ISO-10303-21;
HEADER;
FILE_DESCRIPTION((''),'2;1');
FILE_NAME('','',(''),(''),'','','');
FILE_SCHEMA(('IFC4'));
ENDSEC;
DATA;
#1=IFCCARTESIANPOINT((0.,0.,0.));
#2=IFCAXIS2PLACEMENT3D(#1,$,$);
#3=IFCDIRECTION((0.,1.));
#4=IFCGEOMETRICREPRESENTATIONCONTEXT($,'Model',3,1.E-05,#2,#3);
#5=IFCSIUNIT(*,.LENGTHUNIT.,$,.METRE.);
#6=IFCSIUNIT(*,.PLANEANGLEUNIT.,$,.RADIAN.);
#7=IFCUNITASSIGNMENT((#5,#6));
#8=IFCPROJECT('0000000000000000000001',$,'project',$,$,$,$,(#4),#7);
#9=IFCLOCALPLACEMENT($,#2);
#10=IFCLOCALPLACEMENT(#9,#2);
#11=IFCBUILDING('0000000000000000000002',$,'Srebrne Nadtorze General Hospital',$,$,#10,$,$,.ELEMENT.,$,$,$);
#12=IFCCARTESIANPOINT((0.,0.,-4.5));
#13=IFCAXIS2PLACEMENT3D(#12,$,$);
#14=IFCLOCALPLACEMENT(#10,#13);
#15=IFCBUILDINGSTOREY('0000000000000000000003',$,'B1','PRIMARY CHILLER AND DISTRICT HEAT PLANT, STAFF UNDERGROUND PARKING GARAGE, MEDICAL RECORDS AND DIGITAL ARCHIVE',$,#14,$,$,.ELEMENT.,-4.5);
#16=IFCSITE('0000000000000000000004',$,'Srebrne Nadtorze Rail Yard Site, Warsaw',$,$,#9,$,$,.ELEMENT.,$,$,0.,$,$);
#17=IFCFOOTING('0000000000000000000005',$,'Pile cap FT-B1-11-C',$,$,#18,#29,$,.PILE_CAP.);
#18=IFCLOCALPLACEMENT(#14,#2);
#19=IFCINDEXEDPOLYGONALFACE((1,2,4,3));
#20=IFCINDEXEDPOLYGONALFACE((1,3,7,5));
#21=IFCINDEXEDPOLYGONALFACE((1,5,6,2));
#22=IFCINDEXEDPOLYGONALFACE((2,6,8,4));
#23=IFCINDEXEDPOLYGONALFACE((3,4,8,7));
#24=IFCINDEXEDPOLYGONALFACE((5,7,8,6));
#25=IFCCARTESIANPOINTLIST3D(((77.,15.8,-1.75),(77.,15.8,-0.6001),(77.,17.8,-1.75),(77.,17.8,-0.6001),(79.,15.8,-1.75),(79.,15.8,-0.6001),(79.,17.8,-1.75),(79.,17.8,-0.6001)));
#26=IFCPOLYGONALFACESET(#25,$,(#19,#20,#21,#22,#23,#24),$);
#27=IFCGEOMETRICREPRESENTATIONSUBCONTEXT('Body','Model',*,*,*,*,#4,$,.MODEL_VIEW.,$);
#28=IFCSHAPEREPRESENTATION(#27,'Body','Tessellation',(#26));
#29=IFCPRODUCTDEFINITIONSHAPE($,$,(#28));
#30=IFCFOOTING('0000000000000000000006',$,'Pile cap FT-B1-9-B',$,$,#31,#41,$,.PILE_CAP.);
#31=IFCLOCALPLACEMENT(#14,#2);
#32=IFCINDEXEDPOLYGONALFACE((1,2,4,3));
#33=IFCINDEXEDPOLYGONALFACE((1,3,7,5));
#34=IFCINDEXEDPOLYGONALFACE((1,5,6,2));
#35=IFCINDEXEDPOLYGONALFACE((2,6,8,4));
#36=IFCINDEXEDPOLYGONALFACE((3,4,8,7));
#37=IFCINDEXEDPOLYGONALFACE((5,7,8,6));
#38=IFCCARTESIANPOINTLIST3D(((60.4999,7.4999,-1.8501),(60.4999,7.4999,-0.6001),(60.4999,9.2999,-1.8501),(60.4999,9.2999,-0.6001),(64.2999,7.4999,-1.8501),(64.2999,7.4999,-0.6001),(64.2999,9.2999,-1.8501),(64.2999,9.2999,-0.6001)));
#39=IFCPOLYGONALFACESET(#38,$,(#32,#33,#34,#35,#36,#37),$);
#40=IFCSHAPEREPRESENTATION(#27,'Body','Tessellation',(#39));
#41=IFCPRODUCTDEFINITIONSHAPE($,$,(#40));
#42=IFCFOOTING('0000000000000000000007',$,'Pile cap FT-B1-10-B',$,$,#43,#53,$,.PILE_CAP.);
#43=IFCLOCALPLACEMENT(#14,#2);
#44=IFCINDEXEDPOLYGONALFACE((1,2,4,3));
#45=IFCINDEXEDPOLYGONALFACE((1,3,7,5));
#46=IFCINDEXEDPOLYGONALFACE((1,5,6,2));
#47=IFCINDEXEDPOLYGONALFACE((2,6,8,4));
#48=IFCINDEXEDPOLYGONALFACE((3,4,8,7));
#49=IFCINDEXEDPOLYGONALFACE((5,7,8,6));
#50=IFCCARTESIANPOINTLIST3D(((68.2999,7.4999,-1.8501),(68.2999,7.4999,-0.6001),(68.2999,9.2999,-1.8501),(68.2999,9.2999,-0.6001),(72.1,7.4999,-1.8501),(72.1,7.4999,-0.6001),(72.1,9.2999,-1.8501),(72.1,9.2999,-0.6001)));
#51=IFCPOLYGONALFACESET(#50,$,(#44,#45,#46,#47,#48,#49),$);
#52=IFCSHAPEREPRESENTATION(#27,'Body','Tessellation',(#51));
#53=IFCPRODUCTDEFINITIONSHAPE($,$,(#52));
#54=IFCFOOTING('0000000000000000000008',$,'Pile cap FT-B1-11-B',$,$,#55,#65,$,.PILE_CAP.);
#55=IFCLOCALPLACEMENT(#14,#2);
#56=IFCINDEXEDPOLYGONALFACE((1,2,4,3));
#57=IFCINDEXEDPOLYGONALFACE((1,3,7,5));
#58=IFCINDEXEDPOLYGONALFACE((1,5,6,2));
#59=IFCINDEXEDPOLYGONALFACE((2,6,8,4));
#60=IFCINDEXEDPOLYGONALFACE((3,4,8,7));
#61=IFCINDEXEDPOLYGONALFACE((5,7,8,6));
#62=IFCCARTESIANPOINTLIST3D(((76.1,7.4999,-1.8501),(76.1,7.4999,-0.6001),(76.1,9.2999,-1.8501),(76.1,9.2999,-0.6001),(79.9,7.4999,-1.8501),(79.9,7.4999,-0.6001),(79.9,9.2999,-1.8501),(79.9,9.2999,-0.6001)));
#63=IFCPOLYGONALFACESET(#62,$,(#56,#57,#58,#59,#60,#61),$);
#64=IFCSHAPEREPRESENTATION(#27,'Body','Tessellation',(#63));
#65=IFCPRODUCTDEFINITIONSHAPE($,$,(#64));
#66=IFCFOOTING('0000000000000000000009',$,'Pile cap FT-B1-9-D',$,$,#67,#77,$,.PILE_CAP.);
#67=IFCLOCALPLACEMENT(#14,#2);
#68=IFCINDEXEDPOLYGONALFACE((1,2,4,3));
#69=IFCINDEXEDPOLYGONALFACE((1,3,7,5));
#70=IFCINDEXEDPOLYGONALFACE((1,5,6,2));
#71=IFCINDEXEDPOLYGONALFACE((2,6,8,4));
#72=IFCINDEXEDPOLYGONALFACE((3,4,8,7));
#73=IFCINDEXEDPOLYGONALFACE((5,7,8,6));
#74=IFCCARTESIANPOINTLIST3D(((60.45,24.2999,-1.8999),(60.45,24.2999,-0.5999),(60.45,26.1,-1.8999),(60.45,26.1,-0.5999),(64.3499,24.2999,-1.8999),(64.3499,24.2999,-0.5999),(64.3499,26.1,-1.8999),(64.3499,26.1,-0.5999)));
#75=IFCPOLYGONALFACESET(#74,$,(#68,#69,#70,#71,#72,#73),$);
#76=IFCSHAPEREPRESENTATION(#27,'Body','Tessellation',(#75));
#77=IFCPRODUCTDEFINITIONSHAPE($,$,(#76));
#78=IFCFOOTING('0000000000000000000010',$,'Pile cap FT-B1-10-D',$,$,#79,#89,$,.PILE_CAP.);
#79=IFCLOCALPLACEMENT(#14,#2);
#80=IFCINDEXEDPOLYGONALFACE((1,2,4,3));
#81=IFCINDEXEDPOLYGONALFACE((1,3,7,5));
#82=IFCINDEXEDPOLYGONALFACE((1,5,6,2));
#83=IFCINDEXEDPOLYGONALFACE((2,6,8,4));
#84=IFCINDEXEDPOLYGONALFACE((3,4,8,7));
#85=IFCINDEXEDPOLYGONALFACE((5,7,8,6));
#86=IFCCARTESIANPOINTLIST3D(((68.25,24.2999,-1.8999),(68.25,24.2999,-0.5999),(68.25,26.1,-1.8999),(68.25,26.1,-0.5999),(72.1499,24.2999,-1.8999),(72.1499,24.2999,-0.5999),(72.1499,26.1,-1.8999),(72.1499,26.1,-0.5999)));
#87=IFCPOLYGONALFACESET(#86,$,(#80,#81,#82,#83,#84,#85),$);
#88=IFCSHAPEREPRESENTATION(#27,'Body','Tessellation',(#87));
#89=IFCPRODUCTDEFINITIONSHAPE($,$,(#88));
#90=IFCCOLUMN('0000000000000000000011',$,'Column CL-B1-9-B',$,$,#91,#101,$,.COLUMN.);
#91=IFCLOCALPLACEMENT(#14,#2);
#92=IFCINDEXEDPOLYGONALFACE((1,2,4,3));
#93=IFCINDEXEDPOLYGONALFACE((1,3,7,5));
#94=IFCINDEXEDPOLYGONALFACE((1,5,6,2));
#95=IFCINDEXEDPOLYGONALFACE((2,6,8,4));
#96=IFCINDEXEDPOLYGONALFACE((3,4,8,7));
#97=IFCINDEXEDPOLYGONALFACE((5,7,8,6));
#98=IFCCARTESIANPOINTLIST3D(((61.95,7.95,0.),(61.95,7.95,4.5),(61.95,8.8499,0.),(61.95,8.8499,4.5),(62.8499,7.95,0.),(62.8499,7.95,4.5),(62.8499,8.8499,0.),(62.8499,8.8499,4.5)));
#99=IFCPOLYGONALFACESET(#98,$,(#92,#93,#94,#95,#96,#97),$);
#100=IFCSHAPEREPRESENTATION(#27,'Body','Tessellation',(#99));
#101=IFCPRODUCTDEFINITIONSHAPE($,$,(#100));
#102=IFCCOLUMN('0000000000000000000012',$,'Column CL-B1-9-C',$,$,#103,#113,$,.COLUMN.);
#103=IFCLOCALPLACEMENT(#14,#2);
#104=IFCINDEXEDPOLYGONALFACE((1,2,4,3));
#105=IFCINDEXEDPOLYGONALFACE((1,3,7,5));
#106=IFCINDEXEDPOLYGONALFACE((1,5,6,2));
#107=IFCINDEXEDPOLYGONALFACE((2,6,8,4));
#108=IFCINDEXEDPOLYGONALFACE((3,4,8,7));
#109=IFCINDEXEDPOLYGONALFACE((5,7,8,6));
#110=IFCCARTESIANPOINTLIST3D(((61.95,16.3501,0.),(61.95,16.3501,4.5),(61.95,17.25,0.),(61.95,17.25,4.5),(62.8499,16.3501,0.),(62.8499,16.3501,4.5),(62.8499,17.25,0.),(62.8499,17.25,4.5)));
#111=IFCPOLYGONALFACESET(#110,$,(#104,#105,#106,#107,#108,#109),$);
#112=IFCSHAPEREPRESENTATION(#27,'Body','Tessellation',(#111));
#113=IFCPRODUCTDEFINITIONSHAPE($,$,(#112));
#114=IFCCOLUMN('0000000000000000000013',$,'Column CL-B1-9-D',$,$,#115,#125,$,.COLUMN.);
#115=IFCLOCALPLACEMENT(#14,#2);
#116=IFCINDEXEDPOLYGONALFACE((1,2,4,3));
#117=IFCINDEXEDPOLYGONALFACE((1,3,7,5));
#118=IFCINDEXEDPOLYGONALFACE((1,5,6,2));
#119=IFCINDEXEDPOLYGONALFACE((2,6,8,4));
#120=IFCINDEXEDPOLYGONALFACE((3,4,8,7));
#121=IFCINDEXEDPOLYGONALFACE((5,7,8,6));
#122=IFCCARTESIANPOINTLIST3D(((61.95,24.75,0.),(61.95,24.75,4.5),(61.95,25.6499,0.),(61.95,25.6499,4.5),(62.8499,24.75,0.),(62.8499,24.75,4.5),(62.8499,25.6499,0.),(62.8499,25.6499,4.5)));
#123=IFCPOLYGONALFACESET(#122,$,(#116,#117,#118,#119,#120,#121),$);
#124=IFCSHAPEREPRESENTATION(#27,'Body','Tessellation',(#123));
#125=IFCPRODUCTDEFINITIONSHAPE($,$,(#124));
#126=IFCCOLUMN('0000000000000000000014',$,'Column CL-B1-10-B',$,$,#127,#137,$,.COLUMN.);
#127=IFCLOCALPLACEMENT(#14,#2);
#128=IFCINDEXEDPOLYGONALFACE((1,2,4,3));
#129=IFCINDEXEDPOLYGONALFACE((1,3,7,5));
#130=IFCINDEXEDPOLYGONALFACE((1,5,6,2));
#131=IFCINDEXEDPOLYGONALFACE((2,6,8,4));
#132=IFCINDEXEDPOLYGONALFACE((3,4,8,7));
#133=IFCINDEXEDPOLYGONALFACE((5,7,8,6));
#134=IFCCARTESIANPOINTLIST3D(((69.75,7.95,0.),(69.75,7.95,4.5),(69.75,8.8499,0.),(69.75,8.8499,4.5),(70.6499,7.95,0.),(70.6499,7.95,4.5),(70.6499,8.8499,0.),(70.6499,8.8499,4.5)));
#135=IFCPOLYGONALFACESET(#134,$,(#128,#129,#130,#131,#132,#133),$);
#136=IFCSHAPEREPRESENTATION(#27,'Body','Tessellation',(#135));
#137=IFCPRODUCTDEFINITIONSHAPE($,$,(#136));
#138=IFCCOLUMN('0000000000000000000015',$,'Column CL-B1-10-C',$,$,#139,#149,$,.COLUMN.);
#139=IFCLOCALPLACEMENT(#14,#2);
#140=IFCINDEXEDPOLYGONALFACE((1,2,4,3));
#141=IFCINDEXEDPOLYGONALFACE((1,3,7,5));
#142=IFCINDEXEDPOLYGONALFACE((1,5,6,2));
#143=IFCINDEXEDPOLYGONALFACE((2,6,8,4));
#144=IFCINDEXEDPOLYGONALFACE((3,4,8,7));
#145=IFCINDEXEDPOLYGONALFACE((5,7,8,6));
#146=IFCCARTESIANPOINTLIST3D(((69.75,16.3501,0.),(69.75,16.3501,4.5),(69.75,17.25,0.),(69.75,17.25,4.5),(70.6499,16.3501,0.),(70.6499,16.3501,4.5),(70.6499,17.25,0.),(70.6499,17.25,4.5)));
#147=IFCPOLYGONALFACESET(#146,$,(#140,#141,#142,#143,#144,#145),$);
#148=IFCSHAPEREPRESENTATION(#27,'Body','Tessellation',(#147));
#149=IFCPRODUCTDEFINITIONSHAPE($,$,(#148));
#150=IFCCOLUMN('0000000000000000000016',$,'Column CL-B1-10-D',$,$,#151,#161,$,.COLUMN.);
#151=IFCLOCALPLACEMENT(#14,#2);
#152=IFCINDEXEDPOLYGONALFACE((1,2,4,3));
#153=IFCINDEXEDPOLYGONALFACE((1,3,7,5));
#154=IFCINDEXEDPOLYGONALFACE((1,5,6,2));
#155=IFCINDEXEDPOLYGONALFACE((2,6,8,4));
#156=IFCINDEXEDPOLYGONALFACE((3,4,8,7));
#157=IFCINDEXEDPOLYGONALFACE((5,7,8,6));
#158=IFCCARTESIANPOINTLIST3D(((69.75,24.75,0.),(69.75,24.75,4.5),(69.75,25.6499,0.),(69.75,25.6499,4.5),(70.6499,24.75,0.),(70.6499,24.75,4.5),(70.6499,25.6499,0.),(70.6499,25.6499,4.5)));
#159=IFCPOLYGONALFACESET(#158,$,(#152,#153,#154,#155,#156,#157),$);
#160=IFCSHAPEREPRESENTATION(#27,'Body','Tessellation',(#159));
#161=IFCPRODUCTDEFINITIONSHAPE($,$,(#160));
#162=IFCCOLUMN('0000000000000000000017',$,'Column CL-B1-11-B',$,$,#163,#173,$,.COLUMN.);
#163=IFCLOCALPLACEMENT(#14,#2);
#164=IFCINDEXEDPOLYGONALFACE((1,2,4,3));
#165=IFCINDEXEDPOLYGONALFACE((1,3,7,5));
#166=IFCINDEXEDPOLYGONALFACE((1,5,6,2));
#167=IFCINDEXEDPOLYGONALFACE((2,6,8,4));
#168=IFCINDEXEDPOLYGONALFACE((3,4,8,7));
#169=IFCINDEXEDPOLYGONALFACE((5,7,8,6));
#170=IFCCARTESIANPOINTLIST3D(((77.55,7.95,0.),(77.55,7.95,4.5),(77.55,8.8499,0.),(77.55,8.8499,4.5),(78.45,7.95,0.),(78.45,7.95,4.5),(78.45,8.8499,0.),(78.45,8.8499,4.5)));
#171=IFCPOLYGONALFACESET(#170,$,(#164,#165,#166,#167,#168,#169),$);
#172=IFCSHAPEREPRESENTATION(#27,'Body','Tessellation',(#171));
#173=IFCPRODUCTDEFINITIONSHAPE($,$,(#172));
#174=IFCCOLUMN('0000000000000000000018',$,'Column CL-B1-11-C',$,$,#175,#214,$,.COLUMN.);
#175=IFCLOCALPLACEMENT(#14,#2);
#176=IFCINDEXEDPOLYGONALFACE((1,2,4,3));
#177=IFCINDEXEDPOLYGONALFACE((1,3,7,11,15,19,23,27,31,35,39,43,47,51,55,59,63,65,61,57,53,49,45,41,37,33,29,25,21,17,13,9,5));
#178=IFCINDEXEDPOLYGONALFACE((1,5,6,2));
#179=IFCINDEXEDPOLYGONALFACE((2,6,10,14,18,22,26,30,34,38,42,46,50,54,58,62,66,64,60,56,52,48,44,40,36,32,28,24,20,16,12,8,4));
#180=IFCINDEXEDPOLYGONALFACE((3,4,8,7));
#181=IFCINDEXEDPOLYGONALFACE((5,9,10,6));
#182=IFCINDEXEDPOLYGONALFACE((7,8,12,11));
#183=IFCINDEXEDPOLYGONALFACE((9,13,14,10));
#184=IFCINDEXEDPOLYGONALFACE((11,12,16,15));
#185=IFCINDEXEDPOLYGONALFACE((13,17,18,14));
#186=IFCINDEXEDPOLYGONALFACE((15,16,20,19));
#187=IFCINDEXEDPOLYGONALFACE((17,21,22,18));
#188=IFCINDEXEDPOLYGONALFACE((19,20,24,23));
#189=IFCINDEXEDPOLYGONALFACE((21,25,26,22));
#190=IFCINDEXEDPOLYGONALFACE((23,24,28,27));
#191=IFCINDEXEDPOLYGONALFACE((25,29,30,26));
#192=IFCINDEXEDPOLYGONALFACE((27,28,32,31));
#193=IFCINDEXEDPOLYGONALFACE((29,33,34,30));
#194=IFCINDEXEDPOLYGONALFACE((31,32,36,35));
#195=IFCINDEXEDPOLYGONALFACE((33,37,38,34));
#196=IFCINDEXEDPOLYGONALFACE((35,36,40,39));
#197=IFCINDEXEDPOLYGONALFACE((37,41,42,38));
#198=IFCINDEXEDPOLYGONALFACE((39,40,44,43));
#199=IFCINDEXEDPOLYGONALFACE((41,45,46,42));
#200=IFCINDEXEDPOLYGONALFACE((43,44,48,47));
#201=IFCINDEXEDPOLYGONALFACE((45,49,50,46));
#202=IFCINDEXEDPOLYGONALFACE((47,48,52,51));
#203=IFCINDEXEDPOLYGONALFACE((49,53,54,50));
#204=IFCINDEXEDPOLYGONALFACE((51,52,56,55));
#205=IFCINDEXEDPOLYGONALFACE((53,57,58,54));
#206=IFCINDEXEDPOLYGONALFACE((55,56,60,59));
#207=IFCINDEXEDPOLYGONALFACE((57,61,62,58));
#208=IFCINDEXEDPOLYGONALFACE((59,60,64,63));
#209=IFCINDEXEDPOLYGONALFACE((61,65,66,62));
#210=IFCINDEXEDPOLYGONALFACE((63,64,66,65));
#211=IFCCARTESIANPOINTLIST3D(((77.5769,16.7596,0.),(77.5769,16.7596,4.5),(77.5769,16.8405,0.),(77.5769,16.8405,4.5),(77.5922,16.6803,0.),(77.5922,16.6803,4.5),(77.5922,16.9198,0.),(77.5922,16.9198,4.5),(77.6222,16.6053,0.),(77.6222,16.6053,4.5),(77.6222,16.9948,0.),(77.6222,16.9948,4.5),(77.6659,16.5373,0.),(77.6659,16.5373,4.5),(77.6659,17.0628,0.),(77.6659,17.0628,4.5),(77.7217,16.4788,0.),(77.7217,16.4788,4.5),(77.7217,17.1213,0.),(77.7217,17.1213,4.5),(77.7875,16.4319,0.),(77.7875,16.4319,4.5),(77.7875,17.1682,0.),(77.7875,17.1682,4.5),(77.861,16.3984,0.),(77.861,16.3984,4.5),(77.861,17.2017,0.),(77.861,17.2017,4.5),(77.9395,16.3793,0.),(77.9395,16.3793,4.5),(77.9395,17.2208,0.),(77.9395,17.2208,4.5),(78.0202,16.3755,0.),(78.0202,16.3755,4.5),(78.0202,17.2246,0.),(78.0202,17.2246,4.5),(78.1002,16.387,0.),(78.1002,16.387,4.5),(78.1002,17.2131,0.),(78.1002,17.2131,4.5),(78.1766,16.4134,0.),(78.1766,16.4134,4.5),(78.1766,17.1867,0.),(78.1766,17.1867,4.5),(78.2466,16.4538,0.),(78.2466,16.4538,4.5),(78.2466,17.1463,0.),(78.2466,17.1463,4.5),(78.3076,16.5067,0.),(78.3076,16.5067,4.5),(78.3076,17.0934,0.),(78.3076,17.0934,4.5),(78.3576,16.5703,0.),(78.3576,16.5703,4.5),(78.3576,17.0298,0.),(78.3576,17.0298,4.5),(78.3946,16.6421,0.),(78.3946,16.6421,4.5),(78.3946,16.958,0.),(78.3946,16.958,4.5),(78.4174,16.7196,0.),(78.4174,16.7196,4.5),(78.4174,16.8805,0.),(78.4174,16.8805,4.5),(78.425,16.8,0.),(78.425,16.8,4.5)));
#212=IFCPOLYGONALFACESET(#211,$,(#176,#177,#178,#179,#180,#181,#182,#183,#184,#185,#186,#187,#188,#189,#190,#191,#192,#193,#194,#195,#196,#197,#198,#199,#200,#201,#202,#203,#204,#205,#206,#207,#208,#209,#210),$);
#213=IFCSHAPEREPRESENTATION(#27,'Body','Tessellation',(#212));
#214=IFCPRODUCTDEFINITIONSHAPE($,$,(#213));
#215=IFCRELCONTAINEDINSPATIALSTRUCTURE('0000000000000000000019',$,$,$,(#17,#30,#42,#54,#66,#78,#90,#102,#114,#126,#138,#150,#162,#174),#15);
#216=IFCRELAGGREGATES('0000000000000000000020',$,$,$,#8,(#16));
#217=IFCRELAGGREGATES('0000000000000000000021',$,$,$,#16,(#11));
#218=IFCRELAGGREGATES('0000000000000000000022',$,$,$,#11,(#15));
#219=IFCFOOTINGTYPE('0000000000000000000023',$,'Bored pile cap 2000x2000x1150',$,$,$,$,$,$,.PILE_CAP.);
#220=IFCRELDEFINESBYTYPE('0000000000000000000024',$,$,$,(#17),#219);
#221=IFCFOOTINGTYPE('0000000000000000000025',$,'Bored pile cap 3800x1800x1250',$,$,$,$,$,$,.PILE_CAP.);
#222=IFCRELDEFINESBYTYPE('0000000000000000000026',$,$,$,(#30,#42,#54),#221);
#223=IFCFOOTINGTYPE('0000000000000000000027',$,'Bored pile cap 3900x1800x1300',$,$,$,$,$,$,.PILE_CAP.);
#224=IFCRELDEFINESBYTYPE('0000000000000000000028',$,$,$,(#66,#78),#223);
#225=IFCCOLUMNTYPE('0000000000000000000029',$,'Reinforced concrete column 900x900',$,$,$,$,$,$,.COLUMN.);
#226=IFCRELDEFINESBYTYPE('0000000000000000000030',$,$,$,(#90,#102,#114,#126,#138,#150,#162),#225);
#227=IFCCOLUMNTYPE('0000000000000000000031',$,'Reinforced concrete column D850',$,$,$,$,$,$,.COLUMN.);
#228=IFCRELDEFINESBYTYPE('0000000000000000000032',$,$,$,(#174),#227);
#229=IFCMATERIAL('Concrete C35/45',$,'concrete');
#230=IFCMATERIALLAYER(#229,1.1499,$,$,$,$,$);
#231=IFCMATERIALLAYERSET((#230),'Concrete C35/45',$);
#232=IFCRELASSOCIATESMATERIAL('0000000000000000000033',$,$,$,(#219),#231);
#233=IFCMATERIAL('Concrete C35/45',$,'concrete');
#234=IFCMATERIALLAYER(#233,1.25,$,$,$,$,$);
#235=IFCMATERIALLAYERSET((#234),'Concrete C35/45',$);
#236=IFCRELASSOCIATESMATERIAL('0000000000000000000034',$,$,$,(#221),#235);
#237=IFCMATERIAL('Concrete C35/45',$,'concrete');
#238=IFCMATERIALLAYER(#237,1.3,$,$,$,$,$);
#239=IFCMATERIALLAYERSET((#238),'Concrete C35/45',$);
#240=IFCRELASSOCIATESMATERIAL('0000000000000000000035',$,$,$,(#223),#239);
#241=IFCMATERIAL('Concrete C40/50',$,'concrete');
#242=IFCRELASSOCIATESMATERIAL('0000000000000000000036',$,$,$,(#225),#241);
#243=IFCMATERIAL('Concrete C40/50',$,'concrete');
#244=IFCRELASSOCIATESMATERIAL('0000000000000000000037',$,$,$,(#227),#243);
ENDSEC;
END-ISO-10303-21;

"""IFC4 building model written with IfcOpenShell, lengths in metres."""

from ifc_helpers import new_model, si_unit, direction, frame, origin, origin_2d, place, context, subcontext, project, spatial, rectangle, circle, extrude, material, layer, layer_set, material_profile, profile_set, type_object, element, save


model = new_model("IFC4")

# Units and contexts
model_context = context("Model", 3, precision=1e-05, world=origin(), true_north=direction((0.0, 1.0)))
body_context = subcontext(model_context, "Body", "Model", "MODEL_VIEW")
ifc_project = project(units=[si_unit("LENGTHUNIT", "METRE"), si_unit("PLANEANGLEUNIT", "RADIAN")], contexts=[model_context])

# Site, building, storey
site_placement = place(None, origin())
site = spatial("IfcSite", under=ifc_project, at=site_placement, Name="Srebrne Nadtorze Rail Yard Site, Warsaw", CompositionType="ELEMENT", RefElevation=0.0)
building_placement = place(site_placement, origin())
building = spatial("IfcBuilding", under=site, at=building_placement, Name="Srebrne Nadtorze General Hospital", CompositionType="ELEMENT")
storey_placement = place(building_placement, frame((0.0, 0.0, -4.5)))
storey = spatial("IfcBuildingStorey", under=building, at=storey_placement, Name="B1", Description="PRIMARY CHILLER AND DISTRICT HEAT PLANT, STAFF UNDERGROUND PARKING GARAGE, MEDICAL RECORDS AND DIGITAL ARCHIVE", CompositionType="ELEMENT", Elevation=-4.5)

# Footings
ifc_material_1 = material(Name="Concrete C35/45", Category="concrete")
ifc_layer_1 = layer(ifc_material_1, 1.1499)
ifc_layer_set_1 = layer_set([ifc_layer_1], Name="Concrete C35/45")
footing_type_1 = type_object("IfcFootingType", Name="Bored pile cap 2000x2000x1150", PredefinedType="PILE_CAP", material=ifc_layer_set_1)
for number, where, z_axis, x_axis, name in (
    (1, (78.0, 16.8, -1.75), (0.0, 0.0, 1.0), (1.0, 0.0, 0.0), "Pile cap FT-B1-11-C"),
):
    element("IfcFooting", number, at=place(storey_placement, frame(where, z_axis=z_axis, x_axis=x_axis)), inside=storey, type_object=footing_type_1, Name=name, PredefinedType="PILE_CAP", context=body_context, shape_type="SweptSolid", body=[
        extrude(rectangle(XDim=2.0, YDim=2.0, at=origin_2d()), origin(), (0.0, 0.0, 1.0), 1.1499),
    ])
ifc_material_2 = material(Name="Concrete C35/45", Category="concrete")
ifc_layer_2 = layer(ifc_material_2, 1.25)
ifc_layer_set_2 = layer_set([ifc_layer_2], Name="Concrete C35/45")
footing_type_2 = type_object("IfcFootingType", Name="Bored pile cap 3800x1800x1250", PredefinedType="PILE_CAP", material=ifc_layer_set_2)
for number, where, z_axis, x_axis, name in (
    (2, (62.3999, 8.3999, -1.8501), (0.0, 0.0, 1.0), (1.0, 0.0, 0.0), "Pile cap FT-B1-9-B"),
    (3, (70.2, 8.3999, -1.8501), (0.0, 0.0, 1.0), (1.0, 0.0, 0.0), "Pile cap FT-B1-10-B"),
    (4, (78.0, 8.3999, -1.8501), (0.0, 0.0, 1.0), (1.0, 0.0, 0.0), "Pile cap FT-B1-11-B"),
):
    element("IfcFooting", number, at=place(storey_placement, frame(where, z_axis=z_axis, x_axis=x_axis)), inside=storey, type_object=footing_type_2, Name=name, PredefinedType="PILE_CAP", context=body_context, shape_type="SweptSolid", body=[
        extrude(rectangle(XDim=3.8, YDim=1.8, at=origin_2d()), origin(), (0.0, 0.0, 1.0), 1.25),
    ])
ifc_material_3 = material(Name="Concrete C35/45", Category="concrete")
ifc_layer_3 = layer(ifc_material_3, 1.3)
ifc_layer_set_3 = layer_set([ifc_layer_3], Name="Concrete C35/45")
footing_type_3 = type_object("IfcFootingType", Name="Bored pile cap 3900x1800x1300", PredefinedType="PILE_CAP", material=ifc_layer_set_3)
for number, where, z_axis, x_axis, name in (
    (5, (62.3999, 25.2, -1.8999), (0.0, 0.0, 1.0), (1.0, 0.0, 0.0), "Pile cap FT-B1-9-D"),
    (6, (70.2, 25.2, -1.8999), (0.0, 0.0, 1.0), (1.0, 0.0, 0.0), "Pile cap FT-B1-10-D"),
):
    element("IfcFooting", number, at=place(storey_placement, frame(where, z_axis=z_axis, x_axis=x_axis)), inside=storey, type_object=footing_type_3, Name=name, PredefinedType="PILE_CAP", context=body_context, shape_type="SweptSolid", body=[
        extrude(rectangle(XDim=3.8999, YDim=1.8, at=origin_2d()), origin(), (0.0, 0.0, 1.0), 1.3),
    ])

# Columns
ifc_material_4 = material(Name="Concrete C40/50", Category="concrete")
ifc_material_profile_1 = material_profile(ifc_material_4, rectangle(XDim=0.8999, YDim=0.8999, at=origin_2d()), Name="RC-COL-900x900")
ifc_profile_set_1 = profile_set([ifc_material_profile_1], Name="Concrete C40/50")
column_type_1 = type_object("IfcColumnType", Name="Reinforced concrete column 900x900", PredefinedType="COLUMN", material=ifc_profile_set_1)
for number, where, z_axis, x_axis, name in (
    (7, (62.3999, 8.3999, 0.0), (0.0, 0.0, 1.0), (1.0, 0.0, 0.0), "Column CL-B1-9-B"),
    (8, (62.3999, 16.8, 0.0), (0.0, 0.0, 1.0), (1.0, 0.0, 0.0), "Column CL-B1-9-C"),
    (9, (62.3999, 25.2, 0.0), (0.0, 0.0, 1.0), (1.0, 0.0, 0.0), "Column CL-B1-9-D"),
    (10, (70.2, 8.3999, 0.0), (0.0, 0.0, 1.0), (1.0, 0.0, 0.0), "Column CL-B1-10-B"),
    (11, (70.2, 16.8, 0.0), (0.0, 0.0, 1.0), (1.0, 0.0, 0.0), "Column CL-B1-10-C"),
    (12, (70.2, 25.2, 0.0), (0.0, 0.0, 1.0), (1.0, 0.0, 0.0), "Column CL-B1-10-D"),
    (13, (78.0, 8.3999, 0.0), (0.0, 0.0, 1.0), (1.0, 0.0, 0.0), "Column CL-B1-11-B"),
):
    element("IfcColumn", number, at=place(storey_placement, frame(where, z_axis=z_axis, x_axis=x_axis)), inside=storey, type_object=column_type_1, Name=name, PredefinedType="COLUMN", context=body_context, shape_type="SweptSolid", body=[
        extrude(rectangle(XDim=0.8999, YDim=0.8999, at=origin_2d()), origin(), (0.0, 0.0, 1.0), 4.5),
    ])
ifc_material_5 = material(Name="Concrete C40/50", Category="concrete")
ifc_material_profile_2 = material_profile(ifc_material_5, circle(Radius=0.425, at=origin_2d()), Name="RC-COL-D850")
ifc_profile_set_2 = profile_set([ifc_material_profile_2], Name="Concrete C40/50")
column_type_2 = type_object("IfcColumnType", Name="Reinforced concrete column D850", PredefinedType="COLUMN", material=ifc_profile_set_2)
column_placement = place(storey_placement, frame((78.0, 16.8, 0.0), z_axis=(0.0, 0.0, 1.0), x_axis=(1.0, 0.0, 0.0)))
element("IfcColumn", 14, at=column_placement, inside=storey, type_object=column_type_2, Name="Column CL-B1-11-C", PredefinedType="COLUMN", context=body_context, shape_type="SweptSolid", body=[
    extrude(circle(Radius=0.425, at=origin_2d()), origin(), (0.0, 0.0, 1.0), 4.5),
])

save(model, "model.ifc")
